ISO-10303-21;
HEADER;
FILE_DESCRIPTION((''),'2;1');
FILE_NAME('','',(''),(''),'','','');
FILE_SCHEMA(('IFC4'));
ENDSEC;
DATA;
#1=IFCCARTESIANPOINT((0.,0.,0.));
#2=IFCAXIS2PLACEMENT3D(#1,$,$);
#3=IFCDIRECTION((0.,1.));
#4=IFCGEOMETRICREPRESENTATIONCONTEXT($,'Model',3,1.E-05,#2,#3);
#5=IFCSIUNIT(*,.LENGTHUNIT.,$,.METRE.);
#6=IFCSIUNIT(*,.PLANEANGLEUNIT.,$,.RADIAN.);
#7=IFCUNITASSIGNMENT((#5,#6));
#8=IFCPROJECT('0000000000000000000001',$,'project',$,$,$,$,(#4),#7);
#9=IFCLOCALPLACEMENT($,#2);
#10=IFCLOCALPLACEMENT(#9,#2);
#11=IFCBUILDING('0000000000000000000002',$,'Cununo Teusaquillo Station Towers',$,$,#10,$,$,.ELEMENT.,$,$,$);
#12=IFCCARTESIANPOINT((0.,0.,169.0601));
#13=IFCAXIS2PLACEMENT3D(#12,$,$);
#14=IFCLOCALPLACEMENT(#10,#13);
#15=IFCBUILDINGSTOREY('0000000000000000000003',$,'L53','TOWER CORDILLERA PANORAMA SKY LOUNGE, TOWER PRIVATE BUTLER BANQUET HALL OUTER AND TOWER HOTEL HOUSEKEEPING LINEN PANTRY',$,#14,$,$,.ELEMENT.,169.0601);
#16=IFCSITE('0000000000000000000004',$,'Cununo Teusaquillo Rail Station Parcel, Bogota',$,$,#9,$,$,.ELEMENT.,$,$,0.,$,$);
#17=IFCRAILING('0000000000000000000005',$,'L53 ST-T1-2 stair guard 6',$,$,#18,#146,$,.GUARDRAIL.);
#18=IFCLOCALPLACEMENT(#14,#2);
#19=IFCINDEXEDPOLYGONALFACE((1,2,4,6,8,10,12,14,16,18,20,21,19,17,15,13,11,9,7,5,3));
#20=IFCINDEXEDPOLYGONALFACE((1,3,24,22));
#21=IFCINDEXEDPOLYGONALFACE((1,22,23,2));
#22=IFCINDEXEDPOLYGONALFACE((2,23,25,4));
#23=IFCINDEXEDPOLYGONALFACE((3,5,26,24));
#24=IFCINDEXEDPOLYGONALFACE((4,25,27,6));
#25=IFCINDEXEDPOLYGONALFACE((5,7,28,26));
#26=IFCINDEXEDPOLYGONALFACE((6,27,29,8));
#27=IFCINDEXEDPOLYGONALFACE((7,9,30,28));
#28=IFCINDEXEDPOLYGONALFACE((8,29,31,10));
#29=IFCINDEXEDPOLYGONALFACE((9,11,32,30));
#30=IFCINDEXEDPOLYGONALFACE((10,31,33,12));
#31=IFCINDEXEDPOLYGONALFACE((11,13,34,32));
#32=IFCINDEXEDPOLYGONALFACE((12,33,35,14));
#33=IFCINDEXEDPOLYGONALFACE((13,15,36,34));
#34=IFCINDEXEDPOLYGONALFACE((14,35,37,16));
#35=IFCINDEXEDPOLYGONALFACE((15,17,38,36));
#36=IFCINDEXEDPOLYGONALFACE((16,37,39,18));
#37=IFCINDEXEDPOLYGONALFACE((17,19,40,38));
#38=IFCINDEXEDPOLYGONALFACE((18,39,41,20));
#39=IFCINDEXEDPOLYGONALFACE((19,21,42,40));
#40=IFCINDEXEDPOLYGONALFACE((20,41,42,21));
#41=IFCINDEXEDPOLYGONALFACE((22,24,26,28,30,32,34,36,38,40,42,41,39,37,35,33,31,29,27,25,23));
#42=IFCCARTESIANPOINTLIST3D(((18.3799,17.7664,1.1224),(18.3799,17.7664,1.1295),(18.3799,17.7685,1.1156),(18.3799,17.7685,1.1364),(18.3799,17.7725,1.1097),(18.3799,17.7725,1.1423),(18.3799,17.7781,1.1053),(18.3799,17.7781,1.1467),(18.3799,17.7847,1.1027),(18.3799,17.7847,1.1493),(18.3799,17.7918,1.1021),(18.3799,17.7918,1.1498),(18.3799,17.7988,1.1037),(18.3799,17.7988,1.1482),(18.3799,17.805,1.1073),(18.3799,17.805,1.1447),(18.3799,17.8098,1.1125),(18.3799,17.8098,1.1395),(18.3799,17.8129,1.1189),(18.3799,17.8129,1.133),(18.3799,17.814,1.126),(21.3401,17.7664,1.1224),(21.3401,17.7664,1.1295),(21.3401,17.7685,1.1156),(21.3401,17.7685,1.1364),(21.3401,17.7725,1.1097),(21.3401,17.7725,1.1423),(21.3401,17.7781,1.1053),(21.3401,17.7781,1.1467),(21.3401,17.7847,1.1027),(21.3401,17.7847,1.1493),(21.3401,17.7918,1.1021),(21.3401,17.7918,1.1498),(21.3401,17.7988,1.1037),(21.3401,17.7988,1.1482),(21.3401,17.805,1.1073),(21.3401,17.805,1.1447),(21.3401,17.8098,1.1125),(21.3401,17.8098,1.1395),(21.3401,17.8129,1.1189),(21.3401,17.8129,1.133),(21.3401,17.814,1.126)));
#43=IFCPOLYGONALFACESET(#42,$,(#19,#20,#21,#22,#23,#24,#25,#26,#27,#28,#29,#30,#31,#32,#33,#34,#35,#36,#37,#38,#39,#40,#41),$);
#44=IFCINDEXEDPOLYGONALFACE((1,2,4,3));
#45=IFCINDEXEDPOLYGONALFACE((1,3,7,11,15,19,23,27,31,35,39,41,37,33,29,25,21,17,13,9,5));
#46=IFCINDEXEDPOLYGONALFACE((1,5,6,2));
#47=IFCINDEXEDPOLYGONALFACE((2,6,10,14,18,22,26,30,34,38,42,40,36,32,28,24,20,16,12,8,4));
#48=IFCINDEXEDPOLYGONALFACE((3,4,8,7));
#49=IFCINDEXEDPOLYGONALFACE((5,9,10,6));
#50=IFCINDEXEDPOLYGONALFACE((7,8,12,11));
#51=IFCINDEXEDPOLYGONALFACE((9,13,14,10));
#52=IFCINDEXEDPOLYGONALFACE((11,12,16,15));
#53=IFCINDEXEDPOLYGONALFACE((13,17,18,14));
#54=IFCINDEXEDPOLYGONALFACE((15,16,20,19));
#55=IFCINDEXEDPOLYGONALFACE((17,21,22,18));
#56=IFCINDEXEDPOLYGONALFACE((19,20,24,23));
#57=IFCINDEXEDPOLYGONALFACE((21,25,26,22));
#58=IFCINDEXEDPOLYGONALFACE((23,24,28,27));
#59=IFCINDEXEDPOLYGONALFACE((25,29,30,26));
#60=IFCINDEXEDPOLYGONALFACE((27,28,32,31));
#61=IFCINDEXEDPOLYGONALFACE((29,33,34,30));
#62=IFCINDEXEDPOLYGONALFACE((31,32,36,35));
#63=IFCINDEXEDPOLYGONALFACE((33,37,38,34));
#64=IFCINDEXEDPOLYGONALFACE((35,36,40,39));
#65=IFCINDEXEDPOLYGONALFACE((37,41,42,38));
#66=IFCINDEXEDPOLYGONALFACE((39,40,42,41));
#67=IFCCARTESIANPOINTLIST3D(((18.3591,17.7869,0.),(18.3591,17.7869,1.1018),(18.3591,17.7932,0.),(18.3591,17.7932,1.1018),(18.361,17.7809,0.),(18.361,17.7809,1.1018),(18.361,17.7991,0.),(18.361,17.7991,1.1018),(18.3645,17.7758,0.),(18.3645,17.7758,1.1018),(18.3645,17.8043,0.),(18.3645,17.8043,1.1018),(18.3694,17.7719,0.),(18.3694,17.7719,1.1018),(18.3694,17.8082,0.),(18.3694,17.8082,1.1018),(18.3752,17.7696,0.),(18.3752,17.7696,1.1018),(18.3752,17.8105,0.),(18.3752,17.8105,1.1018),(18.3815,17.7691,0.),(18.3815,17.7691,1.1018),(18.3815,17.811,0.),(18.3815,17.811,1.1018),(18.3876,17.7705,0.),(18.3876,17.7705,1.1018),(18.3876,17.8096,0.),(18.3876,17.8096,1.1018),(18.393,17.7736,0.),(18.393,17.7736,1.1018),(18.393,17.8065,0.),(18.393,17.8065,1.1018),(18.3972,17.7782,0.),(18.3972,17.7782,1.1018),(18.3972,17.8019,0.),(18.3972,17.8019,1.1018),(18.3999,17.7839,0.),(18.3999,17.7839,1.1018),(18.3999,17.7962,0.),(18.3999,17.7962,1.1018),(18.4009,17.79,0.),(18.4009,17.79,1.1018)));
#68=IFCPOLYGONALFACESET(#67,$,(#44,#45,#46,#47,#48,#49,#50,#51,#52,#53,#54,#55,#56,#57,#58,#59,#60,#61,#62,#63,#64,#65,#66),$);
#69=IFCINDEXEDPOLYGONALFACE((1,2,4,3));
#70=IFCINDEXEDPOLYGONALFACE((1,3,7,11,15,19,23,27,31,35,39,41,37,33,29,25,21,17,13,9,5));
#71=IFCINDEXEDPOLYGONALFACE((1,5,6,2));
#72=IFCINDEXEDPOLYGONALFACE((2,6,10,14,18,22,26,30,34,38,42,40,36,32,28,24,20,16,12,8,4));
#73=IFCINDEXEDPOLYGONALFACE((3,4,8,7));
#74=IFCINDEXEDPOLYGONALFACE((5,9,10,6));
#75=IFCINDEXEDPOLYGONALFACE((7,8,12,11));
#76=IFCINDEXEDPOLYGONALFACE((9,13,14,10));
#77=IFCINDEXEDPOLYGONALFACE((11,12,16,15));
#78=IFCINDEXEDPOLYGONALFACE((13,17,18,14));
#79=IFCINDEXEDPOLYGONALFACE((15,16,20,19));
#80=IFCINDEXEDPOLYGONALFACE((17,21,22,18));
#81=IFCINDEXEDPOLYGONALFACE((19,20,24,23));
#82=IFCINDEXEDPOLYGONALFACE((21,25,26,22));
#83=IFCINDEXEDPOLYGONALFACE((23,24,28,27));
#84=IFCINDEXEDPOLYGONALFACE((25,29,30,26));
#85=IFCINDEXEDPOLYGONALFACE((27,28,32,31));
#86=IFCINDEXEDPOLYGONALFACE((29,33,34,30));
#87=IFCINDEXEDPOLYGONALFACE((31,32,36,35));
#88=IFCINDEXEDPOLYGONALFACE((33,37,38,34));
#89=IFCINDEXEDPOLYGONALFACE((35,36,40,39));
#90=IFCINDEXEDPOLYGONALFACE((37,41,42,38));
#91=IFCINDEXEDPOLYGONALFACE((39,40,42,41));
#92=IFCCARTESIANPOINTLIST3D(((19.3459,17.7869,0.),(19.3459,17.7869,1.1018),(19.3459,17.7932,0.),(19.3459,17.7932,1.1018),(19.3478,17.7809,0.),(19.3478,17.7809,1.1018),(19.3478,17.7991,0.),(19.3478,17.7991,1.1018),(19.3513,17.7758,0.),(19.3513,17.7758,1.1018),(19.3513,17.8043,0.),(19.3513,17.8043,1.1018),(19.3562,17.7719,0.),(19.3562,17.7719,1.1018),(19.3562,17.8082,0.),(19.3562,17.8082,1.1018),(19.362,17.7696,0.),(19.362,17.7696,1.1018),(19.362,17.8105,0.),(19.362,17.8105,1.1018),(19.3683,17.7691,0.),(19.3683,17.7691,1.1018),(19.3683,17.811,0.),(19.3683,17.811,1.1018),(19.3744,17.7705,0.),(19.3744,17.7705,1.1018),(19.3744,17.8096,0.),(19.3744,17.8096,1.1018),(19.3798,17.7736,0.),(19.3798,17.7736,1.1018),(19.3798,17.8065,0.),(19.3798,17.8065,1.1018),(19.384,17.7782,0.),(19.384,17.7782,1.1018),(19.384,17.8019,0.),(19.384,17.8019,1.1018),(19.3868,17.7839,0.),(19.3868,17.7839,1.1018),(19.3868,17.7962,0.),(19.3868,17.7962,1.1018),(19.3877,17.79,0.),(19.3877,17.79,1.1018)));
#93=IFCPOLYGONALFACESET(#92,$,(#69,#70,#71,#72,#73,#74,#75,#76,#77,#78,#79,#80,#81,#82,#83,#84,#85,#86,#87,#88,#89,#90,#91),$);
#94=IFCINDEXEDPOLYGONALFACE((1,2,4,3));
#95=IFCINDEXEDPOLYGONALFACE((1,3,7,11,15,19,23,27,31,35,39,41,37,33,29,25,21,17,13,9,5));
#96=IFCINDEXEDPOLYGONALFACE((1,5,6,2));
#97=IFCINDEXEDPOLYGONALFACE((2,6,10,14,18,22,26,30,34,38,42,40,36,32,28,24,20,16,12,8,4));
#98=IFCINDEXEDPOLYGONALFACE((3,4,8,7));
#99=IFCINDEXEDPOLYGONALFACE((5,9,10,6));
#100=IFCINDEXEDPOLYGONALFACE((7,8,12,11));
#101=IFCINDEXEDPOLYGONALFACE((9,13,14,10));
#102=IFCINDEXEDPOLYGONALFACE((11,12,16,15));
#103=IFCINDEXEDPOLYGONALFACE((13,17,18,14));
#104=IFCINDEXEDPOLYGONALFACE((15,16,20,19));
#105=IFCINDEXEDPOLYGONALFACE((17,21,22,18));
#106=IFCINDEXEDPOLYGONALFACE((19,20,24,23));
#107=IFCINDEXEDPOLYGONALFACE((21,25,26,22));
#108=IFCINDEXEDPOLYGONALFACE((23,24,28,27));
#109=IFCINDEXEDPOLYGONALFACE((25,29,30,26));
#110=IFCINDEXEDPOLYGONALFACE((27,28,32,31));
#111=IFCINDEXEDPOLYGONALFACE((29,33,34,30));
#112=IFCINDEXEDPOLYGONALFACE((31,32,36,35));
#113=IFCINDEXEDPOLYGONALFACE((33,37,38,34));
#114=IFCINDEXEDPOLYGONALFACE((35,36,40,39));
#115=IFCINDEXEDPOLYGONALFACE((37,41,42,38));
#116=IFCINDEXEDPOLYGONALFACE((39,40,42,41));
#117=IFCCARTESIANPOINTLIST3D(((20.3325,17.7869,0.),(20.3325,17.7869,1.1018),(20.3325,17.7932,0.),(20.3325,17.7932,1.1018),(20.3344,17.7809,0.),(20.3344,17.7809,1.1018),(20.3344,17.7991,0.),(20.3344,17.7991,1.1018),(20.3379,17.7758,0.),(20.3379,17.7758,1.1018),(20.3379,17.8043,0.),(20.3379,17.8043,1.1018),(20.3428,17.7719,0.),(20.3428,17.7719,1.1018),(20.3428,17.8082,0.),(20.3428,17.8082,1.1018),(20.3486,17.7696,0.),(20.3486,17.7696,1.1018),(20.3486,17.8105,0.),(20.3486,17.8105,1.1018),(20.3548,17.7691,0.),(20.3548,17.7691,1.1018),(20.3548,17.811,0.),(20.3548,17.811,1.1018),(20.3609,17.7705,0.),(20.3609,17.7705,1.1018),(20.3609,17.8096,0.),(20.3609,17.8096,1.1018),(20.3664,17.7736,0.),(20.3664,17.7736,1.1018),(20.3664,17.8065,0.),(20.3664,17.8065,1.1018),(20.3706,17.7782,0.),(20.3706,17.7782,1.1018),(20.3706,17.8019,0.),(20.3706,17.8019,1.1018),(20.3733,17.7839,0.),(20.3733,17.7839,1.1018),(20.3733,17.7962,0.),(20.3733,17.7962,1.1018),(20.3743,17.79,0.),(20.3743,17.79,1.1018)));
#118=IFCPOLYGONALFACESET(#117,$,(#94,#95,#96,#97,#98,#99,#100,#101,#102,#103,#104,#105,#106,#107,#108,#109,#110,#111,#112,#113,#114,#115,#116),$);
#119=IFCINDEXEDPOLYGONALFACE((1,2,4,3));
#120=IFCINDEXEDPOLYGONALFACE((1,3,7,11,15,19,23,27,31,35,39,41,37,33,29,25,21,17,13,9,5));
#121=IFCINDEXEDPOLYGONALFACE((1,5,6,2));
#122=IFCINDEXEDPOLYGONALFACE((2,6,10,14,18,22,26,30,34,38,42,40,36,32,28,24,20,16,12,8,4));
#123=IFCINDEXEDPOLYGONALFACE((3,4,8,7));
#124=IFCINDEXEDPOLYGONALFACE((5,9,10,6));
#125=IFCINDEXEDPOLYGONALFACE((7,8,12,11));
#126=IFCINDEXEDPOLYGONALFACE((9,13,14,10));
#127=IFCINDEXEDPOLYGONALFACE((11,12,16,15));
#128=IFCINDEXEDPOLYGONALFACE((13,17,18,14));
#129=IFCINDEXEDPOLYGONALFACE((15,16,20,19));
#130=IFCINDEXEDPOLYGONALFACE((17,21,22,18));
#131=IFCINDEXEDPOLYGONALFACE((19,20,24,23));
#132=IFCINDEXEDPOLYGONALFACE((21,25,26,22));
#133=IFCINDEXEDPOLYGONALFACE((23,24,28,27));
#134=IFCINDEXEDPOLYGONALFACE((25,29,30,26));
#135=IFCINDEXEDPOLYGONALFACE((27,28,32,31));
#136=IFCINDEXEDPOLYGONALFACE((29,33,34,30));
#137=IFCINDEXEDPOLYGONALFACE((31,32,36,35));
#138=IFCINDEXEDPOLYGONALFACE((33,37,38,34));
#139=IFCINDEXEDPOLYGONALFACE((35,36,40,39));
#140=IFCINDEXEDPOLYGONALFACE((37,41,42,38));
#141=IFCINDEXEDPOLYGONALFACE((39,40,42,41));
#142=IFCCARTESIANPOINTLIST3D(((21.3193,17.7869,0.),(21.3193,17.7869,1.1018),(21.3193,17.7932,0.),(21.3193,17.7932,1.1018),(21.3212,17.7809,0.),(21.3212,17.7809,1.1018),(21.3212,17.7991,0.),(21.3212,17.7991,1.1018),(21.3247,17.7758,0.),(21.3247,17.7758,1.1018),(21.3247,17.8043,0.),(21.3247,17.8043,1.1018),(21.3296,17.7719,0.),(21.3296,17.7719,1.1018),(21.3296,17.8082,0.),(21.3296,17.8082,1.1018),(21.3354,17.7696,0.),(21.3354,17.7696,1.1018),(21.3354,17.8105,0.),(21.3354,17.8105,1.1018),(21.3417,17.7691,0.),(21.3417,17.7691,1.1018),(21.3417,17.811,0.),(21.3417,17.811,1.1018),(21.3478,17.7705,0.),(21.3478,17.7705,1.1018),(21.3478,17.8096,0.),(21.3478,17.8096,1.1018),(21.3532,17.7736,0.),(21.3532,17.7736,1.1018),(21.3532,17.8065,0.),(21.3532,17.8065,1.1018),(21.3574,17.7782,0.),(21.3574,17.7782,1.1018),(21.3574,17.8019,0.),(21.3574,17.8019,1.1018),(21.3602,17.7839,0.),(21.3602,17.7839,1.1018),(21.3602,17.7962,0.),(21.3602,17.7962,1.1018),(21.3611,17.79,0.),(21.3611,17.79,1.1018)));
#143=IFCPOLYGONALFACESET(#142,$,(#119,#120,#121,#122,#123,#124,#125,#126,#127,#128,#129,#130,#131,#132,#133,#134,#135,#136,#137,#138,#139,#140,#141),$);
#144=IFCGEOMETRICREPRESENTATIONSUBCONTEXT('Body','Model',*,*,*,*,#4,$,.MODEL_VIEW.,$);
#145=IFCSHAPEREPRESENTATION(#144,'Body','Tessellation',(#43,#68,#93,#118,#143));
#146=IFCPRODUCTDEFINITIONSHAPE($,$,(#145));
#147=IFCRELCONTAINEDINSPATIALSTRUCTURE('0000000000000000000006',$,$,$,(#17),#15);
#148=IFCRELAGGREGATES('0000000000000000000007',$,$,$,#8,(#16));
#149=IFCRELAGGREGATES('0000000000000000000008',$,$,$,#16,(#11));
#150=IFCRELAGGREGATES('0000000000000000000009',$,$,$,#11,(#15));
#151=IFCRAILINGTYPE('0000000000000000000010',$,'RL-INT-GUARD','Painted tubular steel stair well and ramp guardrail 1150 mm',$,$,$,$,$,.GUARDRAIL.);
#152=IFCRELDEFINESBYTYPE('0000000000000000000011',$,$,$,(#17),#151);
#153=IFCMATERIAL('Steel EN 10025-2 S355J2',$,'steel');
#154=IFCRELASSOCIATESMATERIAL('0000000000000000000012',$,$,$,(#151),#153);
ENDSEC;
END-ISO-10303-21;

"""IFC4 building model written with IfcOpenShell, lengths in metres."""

from ifc_helpers import new_model, si_unit, direction, frame, origin, origin_2d, place, context, subcontext, project, spatial, circle, extrude, material, type_object, element, save


model = new_model("IFC4")

# Units and contexts
model_context = context("Model", 3, precision=1e-05, world=origin(), true_north=direction((0.0, 1.0)))
body_context = subcontext(model_context, "Body", "Model", "MODEL_VIEW")
ifc_project = project(units=[si_unit("LENGTHUNIT", "METRE"), si_unit("PLANEANGLEUNIT", "RADIAN")], contexts=[model_context])

# Site, building, storey
site_placement = place(None, origin())
site = spatial("IfcSite", under=ifc_project, at=site_placement, Name="Cununo Teusaquillo Rail Station Parcel, Bogota", CompositionType="ELEMENT", RefElevation=0.0)
building_placement = place(site_placement, origin())
building = spatial("IfcBuilding", under=site, at=building_placement, Name="Cununo Teusaquillo Station Towers", CompositionType="ELEMENT")
storey_placement = place(building_placement, frame((0.0, 0.0, 169.0601)))
storey = spatial("IfcBuildingStorey", under=building, at=storey_placement, Name="L53", Description="TOWER CORDILLERA PANORAMA SKY LOUNGE, TOWER PRIVATE BUTLER BANQUET HALL OUTER AND TOWER HOTEL HOUSEKEEPING LINEN PANTRY", CompositionType="ELEMENT", Elevation=169.0601)

# Railing
ifc_material_1 = material(Name="Steel EN 10025-2 S355J2", Category="steel")
railing_type_1 = type_object("IfcRailingType", Name="RL-INT-GUARD", Description="Painted tubular steel stair well and ramp guardrail 1150 mm", PredefinedType="GUARDRAIL", material=ifc_material_1)
railing_1_placement = place(storey_placement, frame((18.3799, 17.79, 0.0)))
element("IfcRailing", 1, at=railing_1_placement, inside=storey, type_object=railing_type_1, Name="L53 ST-T1-2 stair guard 6", PredefinedType="GUARDRAIL", context=body_context, shape_type="SweptSolid", body=[
    extrude(circle(Radius=0.0239, at=origin_2d()), frame((0.0, 0.0, 1.126), z_axis=(1.0, 0.0, 0.0), x_axis=(0.0, 1.0, 0.0)), (0.0, 0.0, 1.0), 2.9602),
    extrude(circle(Radius=0.021, at=origin_2d()), origin(), (0.0, 0.0, 1.0), 1.1018),
    extrude(circle(Radius=0.021, at=origin_2d()), frame((0.9868, 0.0, 0.0)), (0.0, 0.0, 1.0), 1.1018),
    extrude(circle(Radius=0.021, at=origin_2d()), frame((1.9734, 0.0, 0.0)), (0.0, 0.0, 1.0), 1.1018),
    extrude(circle(Radius=0.021, at=origin_2d()), frame((2.9602, 0.0, 0.0)), (0.0, 0.0, 1.0), 1.1018),
])

save(model, "model.ifc")
